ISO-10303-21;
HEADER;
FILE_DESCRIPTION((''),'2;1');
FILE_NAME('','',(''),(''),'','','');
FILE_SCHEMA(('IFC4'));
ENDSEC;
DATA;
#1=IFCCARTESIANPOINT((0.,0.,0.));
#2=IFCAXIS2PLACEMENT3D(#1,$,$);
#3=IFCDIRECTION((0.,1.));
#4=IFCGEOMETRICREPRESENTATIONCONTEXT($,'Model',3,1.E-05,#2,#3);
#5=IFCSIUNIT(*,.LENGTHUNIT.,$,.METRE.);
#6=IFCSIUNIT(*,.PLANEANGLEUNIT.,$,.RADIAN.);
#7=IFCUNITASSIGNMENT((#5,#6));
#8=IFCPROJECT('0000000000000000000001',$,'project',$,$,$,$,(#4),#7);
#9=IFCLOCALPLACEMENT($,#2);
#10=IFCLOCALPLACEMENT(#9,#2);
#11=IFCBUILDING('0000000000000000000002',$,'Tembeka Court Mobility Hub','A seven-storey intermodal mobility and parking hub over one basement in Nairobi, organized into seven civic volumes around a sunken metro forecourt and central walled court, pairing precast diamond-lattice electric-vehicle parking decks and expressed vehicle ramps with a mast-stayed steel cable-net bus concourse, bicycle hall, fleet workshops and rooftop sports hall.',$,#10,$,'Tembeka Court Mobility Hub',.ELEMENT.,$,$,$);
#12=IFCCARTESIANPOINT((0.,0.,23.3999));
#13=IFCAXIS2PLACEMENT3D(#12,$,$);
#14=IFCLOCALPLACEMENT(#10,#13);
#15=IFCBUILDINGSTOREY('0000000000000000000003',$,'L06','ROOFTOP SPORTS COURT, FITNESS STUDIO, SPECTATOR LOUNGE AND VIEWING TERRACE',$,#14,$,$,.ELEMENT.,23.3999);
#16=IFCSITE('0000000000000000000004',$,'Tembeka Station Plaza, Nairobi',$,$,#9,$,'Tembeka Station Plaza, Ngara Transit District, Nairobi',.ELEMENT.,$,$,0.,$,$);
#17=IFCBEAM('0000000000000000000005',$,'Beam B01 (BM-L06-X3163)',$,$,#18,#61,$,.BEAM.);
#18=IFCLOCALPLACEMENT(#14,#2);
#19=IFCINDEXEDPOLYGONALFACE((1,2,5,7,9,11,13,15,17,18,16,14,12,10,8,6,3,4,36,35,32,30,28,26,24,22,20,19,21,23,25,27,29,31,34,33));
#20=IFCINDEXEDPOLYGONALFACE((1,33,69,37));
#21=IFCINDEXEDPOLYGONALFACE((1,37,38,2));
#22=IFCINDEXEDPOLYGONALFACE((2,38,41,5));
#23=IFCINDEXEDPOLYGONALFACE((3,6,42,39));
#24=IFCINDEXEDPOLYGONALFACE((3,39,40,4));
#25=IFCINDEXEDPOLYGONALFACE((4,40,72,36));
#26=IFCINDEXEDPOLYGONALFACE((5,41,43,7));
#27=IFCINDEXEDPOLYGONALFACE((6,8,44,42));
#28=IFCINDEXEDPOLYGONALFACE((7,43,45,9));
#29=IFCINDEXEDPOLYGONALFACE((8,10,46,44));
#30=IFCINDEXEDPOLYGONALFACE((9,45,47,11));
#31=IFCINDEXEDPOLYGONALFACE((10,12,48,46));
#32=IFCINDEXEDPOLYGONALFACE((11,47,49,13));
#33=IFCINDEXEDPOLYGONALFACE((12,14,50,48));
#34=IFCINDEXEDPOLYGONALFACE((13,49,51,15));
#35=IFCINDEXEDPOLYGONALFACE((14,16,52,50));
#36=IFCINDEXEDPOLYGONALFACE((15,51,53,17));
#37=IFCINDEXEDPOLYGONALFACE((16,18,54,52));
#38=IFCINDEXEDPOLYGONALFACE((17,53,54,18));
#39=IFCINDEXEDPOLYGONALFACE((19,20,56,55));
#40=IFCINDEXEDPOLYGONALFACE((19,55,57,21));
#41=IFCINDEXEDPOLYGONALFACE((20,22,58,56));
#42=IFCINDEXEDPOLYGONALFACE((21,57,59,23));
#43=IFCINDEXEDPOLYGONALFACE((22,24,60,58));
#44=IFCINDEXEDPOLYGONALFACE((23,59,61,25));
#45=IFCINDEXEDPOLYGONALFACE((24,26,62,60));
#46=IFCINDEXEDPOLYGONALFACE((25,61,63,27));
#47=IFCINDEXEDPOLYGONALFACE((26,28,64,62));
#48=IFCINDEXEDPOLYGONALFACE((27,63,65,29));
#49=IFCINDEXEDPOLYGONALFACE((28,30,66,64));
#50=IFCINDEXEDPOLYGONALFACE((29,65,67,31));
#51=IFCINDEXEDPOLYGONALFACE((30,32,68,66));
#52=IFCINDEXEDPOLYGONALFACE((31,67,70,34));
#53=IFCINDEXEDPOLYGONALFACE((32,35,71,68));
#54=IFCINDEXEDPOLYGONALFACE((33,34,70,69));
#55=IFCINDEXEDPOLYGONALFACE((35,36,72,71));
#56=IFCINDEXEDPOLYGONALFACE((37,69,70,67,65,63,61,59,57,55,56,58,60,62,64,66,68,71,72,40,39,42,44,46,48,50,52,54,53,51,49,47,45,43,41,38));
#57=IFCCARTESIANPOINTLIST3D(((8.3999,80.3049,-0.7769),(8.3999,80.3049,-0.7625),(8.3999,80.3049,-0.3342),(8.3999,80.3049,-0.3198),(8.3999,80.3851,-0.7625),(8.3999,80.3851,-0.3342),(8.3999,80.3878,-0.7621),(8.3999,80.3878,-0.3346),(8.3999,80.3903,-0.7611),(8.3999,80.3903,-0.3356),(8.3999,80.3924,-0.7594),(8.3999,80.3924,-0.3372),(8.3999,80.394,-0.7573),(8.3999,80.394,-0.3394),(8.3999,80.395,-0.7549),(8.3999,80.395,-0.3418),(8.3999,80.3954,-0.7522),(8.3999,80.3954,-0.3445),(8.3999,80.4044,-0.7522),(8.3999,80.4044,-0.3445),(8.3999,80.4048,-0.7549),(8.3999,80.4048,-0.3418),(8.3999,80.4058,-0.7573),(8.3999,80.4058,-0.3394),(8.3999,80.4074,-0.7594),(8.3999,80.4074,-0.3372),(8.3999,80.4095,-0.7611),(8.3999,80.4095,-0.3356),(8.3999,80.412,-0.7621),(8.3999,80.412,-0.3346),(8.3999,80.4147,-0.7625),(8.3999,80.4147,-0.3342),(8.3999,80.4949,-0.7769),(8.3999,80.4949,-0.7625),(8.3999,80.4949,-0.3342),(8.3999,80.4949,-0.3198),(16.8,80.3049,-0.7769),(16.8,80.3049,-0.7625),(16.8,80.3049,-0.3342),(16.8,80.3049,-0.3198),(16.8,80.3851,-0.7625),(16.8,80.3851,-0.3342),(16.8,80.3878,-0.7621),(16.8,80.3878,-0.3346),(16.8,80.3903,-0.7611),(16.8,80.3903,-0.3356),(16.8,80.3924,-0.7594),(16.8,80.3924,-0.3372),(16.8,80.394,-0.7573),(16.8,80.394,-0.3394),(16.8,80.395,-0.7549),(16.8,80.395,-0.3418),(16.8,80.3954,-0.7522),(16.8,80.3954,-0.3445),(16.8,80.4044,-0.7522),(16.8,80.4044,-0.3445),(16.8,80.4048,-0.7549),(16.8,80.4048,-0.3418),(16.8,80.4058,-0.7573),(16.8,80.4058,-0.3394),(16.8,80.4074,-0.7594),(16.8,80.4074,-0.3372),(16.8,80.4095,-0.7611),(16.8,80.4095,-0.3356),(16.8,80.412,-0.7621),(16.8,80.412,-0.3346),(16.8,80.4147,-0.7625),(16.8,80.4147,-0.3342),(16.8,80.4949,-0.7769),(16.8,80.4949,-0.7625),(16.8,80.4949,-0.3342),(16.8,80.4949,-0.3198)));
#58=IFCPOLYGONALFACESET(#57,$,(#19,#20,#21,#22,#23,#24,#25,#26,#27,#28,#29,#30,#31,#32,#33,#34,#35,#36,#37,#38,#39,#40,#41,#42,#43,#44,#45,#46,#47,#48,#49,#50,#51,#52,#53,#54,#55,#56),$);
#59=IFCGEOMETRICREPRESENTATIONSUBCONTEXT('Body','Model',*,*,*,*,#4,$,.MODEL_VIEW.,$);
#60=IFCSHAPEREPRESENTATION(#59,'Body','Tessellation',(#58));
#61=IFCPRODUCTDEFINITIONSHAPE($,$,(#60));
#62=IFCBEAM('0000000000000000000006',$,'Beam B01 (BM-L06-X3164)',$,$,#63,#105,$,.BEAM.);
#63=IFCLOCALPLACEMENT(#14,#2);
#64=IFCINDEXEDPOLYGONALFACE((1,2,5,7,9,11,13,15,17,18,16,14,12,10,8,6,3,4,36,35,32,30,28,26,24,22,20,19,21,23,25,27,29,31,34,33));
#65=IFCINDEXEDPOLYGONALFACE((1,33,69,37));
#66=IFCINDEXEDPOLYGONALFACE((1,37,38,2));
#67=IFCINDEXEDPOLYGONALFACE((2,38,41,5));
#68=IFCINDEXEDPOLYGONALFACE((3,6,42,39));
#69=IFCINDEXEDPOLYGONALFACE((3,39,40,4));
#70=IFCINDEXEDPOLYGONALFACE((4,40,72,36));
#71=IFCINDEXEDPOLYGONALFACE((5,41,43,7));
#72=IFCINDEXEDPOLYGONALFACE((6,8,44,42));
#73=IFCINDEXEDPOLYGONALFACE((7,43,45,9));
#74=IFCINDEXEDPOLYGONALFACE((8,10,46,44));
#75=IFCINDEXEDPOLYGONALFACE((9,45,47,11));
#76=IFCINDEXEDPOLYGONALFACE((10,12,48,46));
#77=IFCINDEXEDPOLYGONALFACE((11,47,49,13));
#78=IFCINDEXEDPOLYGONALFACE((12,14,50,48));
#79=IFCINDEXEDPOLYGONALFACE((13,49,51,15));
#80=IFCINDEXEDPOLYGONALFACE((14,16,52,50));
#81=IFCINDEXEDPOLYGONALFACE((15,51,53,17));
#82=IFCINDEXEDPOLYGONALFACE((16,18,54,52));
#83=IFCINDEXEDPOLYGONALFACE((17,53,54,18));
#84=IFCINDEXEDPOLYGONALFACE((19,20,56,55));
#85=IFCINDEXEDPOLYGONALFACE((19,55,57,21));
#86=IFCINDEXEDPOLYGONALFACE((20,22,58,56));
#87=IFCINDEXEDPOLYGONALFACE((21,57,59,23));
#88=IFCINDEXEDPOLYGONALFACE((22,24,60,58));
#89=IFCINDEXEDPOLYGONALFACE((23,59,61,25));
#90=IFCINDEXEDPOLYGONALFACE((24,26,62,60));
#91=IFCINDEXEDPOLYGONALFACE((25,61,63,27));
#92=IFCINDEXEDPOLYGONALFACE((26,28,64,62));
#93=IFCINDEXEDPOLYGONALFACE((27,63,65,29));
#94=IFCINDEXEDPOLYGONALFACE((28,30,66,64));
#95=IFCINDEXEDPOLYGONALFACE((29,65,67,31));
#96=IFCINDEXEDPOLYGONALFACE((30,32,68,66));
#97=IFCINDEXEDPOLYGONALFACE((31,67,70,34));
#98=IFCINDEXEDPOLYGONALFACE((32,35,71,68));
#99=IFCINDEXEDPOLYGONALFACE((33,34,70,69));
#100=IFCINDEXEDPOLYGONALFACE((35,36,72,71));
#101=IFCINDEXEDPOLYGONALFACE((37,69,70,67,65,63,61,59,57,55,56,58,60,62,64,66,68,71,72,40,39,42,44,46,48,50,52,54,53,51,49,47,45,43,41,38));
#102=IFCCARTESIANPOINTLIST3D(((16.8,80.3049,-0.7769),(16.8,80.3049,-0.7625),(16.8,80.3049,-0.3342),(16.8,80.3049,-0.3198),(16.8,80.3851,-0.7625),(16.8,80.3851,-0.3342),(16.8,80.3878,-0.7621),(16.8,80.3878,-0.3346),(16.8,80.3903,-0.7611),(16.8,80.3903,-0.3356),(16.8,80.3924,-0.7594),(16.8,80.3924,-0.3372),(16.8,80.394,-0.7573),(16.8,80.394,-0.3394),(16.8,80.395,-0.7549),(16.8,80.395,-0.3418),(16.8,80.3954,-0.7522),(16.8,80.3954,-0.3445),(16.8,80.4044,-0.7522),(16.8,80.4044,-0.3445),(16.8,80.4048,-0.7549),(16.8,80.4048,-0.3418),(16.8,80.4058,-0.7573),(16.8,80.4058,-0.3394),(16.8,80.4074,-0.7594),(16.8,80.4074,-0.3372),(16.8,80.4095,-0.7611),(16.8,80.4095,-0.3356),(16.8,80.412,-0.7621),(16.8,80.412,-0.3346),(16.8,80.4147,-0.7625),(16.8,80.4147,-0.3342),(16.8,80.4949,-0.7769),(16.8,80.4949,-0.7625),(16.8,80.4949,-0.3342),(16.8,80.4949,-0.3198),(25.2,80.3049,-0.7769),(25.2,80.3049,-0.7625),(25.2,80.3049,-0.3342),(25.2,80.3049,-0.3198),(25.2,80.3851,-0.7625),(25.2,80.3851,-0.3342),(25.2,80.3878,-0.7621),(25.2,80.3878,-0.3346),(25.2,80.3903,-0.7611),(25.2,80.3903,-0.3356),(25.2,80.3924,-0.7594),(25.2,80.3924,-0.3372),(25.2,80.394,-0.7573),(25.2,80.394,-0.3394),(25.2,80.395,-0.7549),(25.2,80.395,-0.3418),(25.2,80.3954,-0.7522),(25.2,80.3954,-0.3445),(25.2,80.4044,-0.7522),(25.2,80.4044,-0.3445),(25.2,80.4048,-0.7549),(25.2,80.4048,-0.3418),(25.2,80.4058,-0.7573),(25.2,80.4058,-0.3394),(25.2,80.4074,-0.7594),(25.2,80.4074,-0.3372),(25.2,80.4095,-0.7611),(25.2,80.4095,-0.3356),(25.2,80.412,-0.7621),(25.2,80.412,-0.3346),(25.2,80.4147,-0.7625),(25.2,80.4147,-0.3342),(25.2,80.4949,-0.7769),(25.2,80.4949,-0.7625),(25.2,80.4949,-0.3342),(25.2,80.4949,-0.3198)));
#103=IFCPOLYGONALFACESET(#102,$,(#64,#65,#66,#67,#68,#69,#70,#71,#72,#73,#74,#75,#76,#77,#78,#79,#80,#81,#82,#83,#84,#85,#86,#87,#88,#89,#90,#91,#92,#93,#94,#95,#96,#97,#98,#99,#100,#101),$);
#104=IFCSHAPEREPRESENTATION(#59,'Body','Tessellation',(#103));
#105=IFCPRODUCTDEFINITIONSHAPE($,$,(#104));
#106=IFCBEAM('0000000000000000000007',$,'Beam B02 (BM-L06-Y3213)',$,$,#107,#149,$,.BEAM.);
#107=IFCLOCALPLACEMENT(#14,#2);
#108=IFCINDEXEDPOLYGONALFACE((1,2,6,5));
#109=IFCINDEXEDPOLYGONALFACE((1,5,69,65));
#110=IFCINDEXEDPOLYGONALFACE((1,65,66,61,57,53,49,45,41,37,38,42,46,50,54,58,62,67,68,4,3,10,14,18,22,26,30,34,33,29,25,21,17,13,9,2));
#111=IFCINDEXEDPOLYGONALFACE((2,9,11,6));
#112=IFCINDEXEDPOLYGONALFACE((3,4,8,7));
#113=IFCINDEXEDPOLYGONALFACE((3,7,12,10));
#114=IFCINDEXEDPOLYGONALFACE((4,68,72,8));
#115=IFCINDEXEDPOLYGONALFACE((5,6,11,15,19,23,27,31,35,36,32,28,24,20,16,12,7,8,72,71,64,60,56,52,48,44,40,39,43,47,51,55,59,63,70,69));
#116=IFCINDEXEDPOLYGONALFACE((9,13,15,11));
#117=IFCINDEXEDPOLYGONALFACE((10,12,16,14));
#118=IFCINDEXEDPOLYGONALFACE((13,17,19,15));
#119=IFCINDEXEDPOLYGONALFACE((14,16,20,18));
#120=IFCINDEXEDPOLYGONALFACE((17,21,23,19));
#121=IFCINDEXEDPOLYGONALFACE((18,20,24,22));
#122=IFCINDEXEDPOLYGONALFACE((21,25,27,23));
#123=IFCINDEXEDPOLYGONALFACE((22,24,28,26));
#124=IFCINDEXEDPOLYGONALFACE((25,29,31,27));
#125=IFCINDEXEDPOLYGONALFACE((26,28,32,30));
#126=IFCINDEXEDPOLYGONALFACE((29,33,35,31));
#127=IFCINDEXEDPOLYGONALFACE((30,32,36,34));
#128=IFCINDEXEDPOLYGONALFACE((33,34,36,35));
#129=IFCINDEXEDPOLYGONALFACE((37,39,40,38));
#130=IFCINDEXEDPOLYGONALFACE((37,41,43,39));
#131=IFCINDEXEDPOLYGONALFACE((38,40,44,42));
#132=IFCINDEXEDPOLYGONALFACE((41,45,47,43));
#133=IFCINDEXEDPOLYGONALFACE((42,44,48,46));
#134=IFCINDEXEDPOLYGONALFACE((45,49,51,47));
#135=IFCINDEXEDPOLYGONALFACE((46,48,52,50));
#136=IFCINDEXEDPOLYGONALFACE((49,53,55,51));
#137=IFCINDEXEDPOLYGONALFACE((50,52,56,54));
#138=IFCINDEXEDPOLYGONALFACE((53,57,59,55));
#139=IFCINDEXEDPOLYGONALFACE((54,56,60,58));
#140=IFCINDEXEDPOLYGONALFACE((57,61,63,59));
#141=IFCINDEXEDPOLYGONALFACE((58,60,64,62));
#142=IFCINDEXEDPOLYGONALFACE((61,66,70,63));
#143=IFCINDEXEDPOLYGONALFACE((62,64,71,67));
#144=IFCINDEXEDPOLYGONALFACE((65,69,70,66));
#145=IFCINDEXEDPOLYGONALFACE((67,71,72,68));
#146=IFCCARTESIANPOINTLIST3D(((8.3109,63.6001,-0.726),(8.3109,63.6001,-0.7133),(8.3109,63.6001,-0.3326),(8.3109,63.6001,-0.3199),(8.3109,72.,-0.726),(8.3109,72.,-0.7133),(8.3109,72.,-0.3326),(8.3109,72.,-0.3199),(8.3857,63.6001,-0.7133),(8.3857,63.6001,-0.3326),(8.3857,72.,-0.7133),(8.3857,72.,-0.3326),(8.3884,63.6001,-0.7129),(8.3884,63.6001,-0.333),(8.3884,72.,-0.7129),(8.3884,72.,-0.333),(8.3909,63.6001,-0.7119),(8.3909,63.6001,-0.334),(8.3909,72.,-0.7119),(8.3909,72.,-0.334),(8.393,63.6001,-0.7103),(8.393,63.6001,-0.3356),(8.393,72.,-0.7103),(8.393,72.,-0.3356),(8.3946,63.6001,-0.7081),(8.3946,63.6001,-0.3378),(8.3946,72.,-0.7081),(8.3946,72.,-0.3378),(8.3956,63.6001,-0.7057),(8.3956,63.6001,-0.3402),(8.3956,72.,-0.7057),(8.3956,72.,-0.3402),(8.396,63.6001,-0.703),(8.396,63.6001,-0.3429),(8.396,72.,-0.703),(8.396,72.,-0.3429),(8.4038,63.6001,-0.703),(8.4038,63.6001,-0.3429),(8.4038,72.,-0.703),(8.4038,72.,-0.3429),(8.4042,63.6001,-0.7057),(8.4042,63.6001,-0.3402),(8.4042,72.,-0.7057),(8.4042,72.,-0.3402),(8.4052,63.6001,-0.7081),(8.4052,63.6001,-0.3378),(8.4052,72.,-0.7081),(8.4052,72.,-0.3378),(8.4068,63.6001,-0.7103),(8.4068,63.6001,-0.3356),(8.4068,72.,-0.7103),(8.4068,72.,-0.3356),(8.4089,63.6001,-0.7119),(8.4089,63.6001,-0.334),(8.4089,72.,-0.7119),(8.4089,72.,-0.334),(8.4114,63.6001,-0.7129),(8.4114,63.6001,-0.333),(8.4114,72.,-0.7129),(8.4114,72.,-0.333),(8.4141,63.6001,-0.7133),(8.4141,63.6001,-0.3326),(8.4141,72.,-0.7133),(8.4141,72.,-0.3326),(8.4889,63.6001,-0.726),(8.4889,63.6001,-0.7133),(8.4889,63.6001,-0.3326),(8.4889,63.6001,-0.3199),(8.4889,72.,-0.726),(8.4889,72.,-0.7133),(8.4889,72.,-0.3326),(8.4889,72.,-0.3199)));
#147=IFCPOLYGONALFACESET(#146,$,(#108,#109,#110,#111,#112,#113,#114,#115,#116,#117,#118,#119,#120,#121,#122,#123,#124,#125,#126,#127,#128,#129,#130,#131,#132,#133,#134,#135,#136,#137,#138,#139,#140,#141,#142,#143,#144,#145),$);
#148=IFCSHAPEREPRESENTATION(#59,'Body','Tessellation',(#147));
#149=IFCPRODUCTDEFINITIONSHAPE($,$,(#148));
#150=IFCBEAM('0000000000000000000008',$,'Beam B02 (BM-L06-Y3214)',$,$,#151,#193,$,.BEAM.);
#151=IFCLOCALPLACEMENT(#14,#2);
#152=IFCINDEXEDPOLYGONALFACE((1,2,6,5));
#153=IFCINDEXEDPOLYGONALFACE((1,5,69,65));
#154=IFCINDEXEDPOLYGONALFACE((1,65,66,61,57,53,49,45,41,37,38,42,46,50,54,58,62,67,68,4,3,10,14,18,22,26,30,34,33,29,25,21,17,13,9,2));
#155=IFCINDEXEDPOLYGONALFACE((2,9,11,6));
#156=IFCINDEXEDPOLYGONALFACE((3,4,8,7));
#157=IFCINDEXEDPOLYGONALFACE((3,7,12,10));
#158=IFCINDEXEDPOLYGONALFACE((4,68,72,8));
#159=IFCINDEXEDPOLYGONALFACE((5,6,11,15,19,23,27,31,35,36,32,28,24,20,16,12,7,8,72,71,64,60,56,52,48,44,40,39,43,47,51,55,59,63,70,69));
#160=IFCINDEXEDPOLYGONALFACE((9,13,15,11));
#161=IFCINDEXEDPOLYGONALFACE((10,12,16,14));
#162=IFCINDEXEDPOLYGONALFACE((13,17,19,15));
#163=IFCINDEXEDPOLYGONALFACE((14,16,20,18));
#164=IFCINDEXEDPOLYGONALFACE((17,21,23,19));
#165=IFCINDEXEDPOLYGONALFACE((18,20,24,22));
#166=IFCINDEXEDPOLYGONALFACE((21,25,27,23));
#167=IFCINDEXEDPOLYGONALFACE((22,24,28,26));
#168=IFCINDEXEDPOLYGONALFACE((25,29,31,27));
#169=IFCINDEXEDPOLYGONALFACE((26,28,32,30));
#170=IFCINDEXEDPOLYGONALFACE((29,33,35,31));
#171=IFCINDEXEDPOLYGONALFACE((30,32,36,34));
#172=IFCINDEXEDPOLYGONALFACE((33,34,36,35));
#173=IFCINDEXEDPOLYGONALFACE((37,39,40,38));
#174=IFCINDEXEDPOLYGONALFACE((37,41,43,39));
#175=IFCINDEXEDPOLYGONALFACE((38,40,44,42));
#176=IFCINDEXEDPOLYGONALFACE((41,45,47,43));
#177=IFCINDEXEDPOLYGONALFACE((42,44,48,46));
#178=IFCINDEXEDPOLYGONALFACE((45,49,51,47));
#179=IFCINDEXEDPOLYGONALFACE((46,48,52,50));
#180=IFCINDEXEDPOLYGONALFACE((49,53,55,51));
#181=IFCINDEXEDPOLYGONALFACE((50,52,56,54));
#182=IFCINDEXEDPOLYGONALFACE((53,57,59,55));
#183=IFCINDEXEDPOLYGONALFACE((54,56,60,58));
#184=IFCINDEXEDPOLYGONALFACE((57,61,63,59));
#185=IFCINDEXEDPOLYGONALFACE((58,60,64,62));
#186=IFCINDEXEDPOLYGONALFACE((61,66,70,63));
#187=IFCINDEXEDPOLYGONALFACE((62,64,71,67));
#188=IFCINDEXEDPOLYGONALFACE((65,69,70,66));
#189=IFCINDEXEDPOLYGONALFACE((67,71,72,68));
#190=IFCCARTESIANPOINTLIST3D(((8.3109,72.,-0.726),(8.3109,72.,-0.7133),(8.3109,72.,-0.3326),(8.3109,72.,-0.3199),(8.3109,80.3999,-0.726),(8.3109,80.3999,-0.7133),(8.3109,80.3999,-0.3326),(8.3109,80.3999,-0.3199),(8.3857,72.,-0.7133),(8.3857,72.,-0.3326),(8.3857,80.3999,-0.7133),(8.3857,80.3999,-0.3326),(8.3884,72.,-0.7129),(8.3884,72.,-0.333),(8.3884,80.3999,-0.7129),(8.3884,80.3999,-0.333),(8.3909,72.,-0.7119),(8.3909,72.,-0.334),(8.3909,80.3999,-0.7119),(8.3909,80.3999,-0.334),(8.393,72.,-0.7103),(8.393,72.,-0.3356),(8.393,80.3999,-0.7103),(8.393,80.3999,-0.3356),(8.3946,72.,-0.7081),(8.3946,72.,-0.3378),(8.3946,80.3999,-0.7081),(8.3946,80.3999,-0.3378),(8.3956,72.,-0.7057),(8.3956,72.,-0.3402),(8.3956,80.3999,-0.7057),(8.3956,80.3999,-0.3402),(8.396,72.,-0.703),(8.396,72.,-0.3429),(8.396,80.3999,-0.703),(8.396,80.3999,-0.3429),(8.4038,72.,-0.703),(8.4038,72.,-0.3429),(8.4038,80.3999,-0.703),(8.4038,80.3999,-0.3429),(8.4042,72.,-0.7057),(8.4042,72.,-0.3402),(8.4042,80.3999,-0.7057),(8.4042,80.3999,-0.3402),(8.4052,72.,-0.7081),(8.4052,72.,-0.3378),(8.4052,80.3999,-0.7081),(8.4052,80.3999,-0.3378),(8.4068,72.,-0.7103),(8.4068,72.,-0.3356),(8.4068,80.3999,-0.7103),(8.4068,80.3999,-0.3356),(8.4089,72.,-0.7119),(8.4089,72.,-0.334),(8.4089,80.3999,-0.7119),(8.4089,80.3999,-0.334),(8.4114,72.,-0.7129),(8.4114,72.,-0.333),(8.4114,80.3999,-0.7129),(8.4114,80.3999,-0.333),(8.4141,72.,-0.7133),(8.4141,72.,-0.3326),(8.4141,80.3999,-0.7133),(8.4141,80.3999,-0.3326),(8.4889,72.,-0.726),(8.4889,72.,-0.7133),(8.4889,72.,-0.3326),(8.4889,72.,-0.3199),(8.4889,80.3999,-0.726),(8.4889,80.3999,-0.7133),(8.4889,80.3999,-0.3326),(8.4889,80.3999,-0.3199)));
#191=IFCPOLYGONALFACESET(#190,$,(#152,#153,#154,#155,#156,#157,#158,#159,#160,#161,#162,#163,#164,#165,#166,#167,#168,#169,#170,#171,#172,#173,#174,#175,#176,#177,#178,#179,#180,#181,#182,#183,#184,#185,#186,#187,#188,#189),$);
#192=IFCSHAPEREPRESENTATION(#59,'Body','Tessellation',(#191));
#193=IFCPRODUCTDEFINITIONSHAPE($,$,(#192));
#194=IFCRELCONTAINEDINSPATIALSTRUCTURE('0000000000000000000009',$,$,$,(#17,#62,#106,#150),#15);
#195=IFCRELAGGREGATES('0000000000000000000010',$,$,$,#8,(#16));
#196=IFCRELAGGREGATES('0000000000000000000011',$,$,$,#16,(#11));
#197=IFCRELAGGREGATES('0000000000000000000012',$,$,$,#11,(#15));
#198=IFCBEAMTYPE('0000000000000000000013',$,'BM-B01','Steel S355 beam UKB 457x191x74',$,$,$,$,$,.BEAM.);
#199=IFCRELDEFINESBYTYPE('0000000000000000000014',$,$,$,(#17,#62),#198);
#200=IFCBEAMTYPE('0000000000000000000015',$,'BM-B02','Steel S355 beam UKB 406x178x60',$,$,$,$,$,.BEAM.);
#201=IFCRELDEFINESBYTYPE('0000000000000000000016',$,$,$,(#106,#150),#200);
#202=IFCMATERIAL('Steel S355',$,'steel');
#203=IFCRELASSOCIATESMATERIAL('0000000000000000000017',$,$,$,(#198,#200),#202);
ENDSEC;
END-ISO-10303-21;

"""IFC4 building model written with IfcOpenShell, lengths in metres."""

from ifc_helpers import new_model, si_unit, direction, frame, origin, origin_2d, place, context, subcontext, project, spatial, i_section, extrude, material, material_profile, profile_set, type_object, element, save


model = new_model("IFC4")

# Units and contexts
model_context = context("Model", 3, precision=1e-05, world=origin(), true_north=direction((0.0, 1.0)))
body_context = subcontext(model_context, "Body", "Model", "MODEL_VIEW")
ifc_project = project(units=[si_unit("LENGTHUNIT", "METRE"), si_unit("PLANEANGLEUNIT", "RADIAN")], contexts=[model_context])

# Site, building, storey
site_placement = place(None, origin())
site = spatial("IfcSite", under=ifc_project, at=site_placement, Name="Tembeka Station Plaza, Nairobi", LongName="Tembeka Station Plaza, Ngara Transit District, Nairobi", CompositionType="ELEMENT", RefElevation=0.0)
building_placement = place(site_placement, origin())
building = spatial("IfcBuilding", under=site, at=building_placement, Name="Tembeka Court Mobility Hub", Description="A seven-storey intermodal mobility and parking hub over one basement in Nairobi, organized into seven civic volumes around a sunken metro forecourt and central walled court, pairing precast diamond-lattice electric-vehicle parking decks and expressed vehicle ramps with a mast-stayed steel cable-net bus concourse, bicycle hall, fleet workshops and rooftop sports hall.", LongName="Tembeka Court Mobility Hub", CompositionType="ELEMENT")
storey_placement = place(building_placement, frame((0.0, 0.0, 23.3999)))
storey = spatial("IfcBuildingStorey", under=building, at=storey_placement, Name="L06", Description="ROOFTOP SPORTS COURT, FITNESS STUDIO, SPECTATOR LOUNGE AND VIEWING TERRACE", CompositionType="ELEMENT", Elevation=23.3999)

# Beams
ifc_material_1 = material(Name="Steel S355", Category="steel")
ifc_material_profile_1 = material_profile(ifc_material_1, i_section(OverallWidth=0.1899, OverallDepth=0.457, WebThickness=0.009, FlangeThickness=0.0144, FilletRadius=0.0103, at=origin_2d()), Name="UKB 457x191x74")
ifc_profile_set_1 = profile_set([ifc_material_profile_1], Name="Steel S355")
beam_type_1 = type_object("IfcBeamType", Name="BM-B01", Description="Steel S355 beam UKB 457x191x74", PredefinedType="BEAM", material=ifc_profile_set_1)
beam_1_placement = place(storey_placement, frame((8.3999, 80.3999, -0.5483), z_axis=(1.0, 0.0, 0.0), x_axis=(0.0, 1.0, 0.0)))
element("IfcBeam", 1, at=beam_1_placement, inside=storey, type_object=beam_type_1, Name="Beam B01 (BM-L06-X3163)", PredefinedType="BEAM", context=body_context, shape_type="SweptSolid", body=[
    extrude(i_section(OverallWidth=0.1899, OverallDepth=0.457, WebThickness=0.009, FlangeThickness=0.0144, FilletRadius=0.0103, at=origin_2d()), origin(), (0.0, 0.0, 1.0), 8.4001),
])
beam_2_placement = place(storey_placement, frame((16.8, 80.3999, -0.5483), z_axis=(1.0, 0.0, 0.0), x_axis=(0.0, 1.0, 0.0)))
element("IfcBeam", 2, at=beam_2_placement, inside=storey, type_object=beam_type_1, Name="Beam B01 (BM-L06-X3164)", PredefinedType="BEAM", context=body_context, shape_type="SweptSolid", body=[
    extrude(i_section(OverallWidth=0.1899, OverallDepth=0.457, WebThickness=0.009, FlangeThickness=0.0144, FilletRadius=0.0103, at=origin_2d()), origin(), (0.0, 0.0, 1.0), 8.3999),
])
ifc_material_profile_2 = material_profile(ifc_material_1, i_section(OverallWidth=0.178, OverallDepth=0.406, WebThickness=0.0078, FlangeThickness=0.0127, FilletRadius=0.0103, at=origin_2d()), Name="UKB 406x178x60")
ifc_profile_set_2 = profile_set([ifc_material_profile_2], Name="Steel S355")
beam_type_2 = type_object("IfcBeamType", Name="BM-B02", Description="Steel S355 beam UKB 406x178x60", PredefinedType="BEAM", material=ifc_profile_set_2)
for number, where, z_axis, x_axis, name in (
    (3, (8.3999, 63.6001, -0.5229), (0.0, 1.0, 0.0), (-1.0, 0.0, 0.0), "Beam B02 (BM-L06-Y3213)"),
    (4, (8.3999, 72.0, -0.5229), (0.0, 1.0, 0.0), (-1.0, 0.0, 0.0), "Beam B02 (BM-L06-Y3214)"),
):
    element("IfcBeam", number, at=place(storey_placement, frame(where, z_axis=z_axis, x_axis=x_axis)), inside=storey, type_object=beam_type_2, Name=name, PredefinedType="BEAM", context=body_context, shape_type="SweptSolid", body=[
        extrude(i_section(OverallWidth=0.178, OverallDepth=0.406, WebThickness=0.0078, FlangeThickness=0.0127, FilletRadius=0.0103, at=origin_2d()), origin(), (0.0, 0.0, 1.0), 8.3999),
    ])

save(model, "model.ifc")
